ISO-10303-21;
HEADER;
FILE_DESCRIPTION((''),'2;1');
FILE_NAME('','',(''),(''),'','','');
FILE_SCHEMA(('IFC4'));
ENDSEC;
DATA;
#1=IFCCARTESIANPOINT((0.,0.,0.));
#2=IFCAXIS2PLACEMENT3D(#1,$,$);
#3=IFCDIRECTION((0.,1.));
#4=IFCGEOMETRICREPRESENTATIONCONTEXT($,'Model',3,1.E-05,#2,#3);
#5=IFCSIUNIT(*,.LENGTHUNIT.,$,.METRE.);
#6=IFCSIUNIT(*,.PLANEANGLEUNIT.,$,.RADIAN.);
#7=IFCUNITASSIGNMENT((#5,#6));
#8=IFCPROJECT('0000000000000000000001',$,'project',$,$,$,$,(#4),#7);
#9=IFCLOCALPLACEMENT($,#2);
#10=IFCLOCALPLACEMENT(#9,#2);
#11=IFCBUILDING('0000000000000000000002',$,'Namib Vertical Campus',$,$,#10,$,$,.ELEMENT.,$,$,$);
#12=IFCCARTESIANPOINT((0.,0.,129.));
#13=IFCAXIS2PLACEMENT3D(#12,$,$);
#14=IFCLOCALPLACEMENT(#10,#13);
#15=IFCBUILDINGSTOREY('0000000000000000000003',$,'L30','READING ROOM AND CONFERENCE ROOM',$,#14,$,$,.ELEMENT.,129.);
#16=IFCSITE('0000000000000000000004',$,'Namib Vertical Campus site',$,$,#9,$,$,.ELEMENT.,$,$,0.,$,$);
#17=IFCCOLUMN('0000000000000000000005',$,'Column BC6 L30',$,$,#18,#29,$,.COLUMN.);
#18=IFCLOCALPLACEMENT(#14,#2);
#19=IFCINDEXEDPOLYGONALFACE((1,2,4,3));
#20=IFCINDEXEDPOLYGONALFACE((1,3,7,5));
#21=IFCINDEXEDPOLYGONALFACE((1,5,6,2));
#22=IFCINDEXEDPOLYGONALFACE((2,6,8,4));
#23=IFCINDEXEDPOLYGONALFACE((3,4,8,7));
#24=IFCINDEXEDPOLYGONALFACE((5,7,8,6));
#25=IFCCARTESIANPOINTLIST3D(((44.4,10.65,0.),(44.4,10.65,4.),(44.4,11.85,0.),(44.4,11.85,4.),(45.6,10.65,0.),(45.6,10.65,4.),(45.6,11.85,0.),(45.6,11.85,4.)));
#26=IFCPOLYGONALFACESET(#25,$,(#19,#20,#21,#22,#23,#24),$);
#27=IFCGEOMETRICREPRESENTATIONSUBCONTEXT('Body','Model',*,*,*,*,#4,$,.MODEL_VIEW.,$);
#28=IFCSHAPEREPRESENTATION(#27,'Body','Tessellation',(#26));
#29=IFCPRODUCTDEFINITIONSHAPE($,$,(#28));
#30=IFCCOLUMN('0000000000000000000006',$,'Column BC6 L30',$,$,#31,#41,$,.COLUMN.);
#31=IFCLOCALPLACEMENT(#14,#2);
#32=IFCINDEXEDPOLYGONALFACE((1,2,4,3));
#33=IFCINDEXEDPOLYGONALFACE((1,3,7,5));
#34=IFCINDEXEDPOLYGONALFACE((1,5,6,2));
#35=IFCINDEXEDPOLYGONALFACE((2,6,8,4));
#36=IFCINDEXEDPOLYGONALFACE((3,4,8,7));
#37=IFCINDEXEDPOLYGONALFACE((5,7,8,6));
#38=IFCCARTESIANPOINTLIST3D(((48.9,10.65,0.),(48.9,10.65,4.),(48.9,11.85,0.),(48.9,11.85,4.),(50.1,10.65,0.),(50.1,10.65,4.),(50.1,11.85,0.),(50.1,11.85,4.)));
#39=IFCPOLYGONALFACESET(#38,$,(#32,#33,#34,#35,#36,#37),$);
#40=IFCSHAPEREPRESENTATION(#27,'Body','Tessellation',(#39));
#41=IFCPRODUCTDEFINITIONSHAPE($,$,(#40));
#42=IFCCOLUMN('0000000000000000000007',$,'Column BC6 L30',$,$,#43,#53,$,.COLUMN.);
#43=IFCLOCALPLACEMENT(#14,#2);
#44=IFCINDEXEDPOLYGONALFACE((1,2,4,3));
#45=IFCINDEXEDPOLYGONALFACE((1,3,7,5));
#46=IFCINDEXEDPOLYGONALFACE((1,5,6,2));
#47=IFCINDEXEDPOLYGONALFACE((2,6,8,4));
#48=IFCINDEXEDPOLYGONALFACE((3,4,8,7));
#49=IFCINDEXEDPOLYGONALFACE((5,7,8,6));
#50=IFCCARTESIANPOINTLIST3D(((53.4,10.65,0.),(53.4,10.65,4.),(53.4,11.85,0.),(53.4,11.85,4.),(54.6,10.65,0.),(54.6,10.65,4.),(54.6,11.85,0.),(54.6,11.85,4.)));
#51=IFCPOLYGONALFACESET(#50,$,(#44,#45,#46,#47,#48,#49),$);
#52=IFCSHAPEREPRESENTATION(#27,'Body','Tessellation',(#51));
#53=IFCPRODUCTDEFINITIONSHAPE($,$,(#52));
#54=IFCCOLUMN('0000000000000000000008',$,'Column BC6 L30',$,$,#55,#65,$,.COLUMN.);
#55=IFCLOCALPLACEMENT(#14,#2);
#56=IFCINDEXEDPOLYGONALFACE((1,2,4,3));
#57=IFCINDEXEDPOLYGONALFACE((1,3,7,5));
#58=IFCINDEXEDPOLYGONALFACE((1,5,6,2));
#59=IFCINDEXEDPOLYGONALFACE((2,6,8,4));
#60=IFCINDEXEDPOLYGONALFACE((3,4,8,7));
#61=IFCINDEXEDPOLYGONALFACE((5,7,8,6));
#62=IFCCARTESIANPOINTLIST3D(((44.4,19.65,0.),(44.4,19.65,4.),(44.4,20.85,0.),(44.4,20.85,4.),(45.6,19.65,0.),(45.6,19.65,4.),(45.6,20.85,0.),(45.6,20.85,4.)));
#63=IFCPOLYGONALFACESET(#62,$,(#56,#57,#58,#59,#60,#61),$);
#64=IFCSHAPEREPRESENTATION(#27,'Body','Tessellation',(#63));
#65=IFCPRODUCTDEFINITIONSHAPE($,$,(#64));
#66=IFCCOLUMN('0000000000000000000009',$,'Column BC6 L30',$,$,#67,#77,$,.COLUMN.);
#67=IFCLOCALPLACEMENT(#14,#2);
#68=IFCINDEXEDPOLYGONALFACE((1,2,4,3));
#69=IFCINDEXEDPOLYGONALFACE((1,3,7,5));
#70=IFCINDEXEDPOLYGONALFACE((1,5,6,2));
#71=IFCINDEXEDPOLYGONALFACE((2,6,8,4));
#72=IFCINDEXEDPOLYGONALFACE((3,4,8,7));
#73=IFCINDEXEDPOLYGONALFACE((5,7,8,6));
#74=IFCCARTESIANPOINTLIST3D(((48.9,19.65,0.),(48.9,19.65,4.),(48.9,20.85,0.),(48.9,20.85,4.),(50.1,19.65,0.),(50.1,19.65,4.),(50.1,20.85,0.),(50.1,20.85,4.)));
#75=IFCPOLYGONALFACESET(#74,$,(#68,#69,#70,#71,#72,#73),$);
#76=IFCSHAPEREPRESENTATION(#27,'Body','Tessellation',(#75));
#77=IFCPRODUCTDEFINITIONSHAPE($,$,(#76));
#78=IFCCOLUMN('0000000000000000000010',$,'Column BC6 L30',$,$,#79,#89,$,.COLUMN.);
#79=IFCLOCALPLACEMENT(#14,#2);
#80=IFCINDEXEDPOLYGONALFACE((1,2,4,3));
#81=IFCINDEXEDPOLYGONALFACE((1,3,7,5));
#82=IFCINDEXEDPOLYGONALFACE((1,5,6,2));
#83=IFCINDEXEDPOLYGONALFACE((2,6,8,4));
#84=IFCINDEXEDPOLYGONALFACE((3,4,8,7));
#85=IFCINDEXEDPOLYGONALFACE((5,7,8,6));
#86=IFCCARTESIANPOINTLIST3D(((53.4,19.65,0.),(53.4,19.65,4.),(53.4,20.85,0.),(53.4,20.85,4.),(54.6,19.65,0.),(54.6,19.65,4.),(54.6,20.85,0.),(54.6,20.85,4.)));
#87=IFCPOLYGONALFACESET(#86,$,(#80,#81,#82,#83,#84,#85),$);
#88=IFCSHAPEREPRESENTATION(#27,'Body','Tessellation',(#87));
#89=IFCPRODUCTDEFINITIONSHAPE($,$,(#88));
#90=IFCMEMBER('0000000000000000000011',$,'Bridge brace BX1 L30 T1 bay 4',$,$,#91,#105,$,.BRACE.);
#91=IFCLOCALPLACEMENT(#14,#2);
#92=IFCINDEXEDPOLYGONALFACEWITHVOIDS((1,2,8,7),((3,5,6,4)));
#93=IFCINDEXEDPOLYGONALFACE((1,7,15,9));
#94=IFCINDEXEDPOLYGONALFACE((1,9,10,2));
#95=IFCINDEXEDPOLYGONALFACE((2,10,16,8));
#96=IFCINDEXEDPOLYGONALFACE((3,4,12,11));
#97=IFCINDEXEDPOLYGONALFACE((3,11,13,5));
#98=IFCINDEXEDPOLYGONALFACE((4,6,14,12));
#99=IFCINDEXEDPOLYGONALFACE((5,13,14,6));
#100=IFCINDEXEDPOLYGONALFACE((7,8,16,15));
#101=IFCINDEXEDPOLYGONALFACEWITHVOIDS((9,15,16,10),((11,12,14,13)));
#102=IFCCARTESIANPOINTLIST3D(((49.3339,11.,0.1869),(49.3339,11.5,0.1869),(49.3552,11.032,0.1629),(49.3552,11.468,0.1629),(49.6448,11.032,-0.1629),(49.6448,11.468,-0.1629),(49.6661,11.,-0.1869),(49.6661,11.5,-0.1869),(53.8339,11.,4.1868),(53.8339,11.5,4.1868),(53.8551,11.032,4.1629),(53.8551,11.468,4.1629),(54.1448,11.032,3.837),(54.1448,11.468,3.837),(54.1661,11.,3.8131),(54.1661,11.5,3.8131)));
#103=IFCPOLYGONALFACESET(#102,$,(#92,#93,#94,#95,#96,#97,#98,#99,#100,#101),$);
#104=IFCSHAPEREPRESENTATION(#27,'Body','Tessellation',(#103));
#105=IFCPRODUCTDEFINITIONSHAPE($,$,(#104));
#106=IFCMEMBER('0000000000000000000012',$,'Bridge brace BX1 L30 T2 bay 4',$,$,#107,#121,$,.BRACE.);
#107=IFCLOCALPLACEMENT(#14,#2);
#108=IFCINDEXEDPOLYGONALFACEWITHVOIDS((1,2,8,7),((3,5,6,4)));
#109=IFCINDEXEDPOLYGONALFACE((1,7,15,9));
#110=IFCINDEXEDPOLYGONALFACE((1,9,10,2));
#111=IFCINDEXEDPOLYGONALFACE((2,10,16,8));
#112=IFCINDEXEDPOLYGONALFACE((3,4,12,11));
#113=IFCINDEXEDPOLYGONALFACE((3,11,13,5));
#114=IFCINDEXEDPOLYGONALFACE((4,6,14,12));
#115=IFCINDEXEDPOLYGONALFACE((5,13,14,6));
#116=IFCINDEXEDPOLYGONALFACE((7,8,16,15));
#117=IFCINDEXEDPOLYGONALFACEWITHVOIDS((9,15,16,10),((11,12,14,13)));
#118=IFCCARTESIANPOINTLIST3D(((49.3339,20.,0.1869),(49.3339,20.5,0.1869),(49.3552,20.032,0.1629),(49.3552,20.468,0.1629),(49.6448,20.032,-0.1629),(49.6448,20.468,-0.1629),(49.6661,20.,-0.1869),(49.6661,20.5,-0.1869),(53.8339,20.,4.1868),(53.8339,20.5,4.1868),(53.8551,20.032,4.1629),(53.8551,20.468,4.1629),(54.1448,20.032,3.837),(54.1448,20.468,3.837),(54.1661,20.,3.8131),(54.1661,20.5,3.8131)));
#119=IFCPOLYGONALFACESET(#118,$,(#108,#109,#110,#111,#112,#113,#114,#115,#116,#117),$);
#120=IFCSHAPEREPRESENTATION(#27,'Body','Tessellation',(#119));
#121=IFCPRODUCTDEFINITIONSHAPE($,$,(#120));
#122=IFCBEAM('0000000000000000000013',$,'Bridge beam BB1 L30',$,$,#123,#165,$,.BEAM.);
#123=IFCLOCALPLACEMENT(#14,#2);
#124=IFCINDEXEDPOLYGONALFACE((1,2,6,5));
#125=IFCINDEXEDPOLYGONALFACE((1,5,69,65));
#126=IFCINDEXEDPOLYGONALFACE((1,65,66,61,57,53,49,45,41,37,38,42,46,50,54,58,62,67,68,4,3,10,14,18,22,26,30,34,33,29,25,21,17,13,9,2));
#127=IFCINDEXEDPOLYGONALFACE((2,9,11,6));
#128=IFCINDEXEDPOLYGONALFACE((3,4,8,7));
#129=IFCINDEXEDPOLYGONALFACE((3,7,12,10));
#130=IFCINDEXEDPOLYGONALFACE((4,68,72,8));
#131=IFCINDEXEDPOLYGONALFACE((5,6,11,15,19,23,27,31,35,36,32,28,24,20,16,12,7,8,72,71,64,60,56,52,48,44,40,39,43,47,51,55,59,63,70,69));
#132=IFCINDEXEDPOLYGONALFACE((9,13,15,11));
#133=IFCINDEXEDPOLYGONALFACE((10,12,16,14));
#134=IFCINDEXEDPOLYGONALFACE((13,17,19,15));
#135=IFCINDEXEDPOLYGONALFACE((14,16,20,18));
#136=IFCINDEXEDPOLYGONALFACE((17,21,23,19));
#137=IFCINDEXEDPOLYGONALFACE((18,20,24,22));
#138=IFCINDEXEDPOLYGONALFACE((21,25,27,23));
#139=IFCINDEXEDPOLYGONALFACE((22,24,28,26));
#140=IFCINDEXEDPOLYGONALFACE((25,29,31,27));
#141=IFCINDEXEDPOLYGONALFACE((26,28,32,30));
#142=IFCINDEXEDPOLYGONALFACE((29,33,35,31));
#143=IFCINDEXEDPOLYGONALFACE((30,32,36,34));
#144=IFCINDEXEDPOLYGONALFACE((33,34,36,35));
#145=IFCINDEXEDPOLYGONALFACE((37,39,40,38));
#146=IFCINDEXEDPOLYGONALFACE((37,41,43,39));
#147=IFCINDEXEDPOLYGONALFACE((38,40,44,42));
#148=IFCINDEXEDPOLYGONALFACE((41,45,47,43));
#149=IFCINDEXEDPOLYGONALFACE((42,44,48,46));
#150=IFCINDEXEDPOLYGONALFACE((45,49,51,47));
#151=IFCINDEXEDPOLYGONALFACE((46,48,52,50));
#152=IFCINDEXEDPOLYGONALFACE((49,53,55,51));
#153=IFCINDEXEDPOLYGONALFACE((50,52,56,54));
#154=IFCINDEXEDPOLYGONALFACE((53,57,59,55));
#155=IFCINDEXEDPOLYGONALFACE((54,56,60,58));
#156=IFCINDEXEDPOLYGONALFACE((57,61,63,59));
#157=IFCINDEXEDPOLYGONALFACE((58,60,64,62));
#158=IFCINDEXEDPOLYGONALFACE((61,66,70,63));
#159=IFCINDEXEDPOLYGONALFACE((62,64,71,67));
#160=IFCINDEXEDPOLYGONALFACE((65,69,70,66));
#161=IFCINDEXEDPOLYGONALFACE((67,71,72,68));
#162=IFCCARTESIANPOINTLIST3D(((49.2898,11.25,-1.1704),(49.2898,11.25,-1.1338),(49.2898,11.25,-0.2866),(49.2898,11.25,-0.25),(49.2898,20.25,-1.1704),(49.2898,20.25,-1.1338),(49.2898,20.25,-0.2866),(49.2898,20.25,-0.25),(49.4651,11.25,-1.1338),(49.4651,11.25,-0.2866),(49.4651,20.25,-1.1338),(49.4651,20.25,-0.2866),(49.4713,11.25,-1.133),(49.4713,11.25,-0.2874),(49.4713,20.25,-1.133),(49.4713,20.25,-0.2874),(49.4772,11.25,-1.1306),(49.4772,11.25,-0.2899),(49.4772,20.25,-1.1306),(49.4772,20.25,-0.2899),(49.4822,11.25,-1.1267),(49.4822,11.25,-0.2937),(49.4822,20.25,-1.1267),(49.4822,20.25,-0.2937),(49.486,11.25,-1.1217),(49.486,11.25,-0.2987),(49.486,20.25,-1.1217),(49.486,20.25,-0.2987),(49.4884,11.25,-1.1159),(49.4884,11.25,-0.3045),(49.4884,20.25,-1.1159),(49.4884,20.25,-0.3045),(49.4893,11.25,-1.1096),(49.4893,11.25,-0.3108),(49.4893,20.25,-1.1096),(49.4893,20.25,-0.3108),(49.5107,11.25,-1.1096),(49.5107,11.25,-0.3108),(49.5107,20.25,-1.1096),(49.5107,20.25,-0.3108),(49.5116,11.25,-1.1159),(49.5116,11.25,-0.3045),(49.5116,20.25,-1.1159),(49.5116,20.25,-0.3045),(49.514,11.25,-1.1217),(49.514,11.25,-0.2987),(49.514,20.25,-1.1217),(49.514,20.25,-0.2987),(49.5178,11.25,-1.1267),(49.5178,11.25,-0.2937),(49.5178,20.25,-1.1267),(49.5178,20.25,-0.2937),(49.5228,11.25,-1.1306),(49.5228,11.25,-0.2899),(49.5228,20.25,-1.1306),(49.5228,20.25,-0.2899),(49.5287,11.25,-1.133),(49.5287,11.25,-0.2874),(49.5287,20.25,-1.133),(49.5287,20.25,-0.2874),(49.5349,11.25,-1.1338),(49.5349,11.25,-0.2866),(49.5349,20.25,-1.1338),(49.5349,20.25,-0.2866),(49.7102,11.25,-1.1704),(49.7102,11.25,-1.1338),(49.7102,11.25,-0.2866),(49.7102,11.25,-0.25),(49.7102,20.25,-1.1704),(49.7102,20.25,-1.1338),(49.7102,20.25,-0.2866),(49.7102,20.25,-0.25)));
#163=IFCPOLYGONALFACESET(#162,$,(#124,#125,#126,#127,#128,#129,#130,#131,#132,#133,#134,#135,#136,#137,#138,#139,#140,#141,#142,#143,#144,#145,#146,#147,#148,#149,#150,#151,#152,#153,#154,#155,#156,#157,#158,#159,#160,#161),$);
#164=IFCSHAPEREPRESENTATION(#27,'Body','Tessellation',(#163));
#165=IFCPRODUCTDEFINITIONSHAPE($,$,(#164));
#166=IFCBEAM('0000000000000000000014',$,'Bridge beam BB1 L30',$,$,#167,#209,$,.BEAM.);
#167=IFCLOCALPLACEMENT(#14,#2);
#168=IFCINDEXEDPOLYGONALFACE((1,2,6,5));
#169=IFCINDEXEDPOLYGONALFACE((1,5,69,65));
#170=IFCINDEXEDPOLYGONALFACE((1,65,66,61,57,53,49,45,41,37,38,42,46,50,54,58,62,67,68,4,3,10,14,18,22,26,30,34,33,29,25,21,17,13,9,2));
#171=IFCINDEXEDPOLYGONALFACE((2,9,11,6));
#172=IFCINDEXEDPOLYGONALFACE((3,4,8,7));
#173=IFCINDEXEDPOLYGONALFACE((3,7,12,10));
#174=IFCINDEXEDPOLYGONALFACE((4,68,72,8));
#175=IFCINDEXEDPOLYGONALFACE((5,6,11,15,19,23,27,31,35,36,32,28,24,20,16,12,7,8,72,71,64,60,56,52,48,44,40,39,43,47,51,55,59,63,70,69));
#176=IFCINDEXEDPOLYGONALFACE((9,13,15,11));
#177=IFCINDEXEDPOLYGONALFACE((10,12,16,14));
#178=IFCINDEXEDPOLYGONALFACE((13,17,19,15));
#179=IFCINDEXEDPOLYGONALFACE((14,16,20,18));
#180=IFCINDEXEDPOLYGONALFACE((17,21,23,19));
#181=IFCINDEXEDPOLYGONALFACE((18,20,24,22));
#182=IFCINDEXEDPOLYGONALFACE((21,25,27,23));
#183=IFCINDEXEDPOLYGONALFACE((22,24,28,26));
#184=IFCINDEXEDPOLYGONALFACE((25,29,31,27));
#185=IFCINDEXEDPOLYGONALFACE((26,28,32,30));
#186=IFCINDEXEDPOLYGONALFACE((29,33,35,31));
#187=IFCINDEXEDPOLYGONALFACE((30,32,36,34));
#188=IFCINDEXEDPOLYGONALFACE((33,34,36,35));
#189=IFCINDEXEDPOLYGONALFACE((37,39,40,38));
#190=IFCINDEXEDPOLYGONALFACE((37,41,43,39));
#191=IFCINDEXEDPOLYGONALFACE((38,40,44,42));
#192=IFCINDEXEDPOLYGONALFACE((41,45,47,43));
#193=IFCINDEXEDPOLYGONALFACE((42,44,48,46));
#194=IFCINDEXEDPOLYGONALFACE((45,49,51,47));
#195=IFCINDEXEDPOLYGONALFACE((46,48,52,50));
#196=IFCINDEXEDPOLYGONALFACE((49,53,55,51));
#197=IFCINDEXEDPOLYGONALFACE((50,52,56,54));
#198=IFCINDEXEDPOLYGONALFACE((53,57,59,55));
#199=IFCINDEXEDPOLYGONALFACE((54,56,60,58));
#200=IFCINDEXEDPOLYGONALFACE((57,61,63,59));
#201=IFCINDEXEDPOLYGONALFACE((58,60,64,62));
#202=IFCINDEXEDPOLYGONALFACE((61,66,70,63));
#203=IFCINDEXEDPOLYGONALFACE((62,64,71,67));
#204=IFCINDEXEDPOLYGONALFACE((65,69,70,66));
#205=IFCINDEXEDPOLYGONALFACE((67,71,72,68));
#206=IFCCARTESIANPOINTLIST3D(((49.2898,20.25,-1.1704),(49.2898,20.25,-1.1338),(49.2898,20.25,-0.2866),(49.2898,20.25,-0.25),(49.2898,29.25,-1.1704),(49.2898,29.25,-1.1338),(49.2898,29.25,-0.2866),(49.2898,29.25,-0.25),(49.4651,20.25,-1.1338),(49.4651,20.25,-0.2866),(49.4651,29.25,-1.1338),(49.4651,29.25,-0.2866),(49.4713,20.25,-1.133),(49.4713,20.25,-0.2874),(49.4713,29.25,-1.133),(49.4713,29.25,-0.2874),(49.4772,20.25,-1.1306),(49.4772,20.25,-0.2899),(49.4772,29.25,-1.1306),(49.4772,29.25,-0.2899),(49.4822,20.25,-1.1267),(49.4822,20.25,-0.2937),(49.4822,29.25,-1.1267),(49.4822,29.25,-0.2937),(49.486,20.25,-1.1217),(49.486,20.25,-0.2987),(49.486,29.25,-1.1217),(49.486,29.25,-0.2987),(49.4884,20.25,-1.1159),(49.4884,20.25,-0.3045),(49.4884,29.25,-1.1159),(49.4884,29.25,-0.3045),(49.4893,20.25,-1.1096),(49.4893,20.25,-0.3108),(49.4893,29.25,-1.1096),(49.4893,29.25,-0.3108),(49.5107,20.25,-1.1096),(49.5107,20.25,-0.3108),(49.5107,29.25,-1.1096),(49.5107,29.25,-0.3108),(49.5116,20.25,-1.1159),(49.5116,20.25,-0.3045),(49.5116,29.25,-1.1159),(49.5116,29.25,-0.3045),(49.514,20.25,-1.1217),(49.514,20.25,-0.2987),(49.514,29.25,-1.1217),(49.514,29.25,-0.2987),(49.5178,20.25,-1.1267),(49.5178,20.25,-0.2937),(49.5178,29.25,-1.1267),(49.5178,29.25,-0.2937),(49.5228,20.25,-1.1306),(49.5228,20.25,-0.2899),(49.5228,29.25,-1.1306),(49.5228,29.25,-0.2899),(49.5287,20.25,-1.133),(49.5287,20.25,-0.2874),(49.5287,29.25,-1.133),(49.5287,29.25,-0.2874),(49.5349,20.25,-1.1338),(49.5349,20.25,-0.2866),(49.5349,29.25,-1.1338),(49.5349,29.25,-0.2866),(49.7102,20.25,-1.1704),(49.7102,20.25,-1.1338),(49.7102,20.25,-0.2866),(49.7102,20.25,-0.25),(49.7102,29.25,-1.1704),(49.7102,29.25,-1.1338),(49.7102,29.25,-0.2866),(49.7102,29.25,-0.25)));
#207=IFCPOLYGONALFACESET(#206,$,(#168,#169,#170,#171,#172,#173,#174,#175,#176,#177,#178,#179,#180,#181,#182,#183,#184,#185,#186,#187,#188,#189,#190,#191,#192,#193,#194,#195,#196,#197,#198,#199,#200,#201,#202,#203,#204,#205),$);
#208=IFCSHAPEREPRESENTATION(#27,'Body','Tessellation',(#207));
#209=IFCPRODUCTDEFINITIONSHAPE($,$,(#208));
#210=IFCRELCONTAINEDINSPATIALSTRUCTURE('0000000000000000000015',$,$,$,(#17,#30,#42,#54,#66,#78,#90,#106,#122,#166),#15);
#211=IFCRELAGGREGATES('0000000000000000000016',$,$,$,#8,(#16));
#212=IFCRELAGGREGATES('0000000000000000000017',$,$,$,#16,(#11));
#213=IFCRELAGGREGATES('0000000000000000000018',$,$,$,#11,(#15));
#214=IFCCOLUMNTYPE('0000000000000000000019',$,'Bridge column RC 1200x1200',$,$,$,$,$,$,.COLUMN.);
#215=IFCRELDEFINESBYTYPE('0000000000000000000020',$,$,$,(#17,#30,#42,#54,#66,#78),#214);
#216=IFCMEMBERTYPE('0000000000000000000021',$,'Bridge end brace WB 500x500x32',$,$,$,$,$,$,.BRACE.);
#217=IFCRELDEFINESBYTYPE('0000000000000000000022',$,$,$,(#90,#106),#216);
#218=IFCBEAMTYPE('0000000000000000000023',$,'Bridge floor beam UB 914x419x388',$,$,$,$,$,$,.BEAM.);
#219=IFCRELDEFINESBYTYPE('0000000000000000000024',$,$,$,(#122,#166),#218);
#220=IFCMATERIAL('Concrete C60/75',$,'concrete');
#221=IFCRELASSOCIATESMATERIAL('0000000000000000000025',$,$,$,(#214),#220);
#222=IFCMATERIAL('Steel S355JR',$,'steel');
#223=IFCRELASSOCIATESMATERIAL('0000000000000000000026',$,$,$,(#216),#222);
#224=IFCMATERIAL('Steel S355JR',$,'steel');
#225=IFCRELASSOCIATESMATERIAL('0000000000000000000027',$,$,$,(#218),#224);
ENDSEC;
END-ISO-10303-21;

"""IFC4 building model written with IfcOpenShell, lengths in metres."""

from ifc_helpers import new_model, si_unit, direction, frame, origin, origin_2d, place, context, subcontext, project, spatial, rectangle, hollow_rectangle, i_section, extrude, material, material_profile, profile_set, type_object, element, save


model = new_model("IFC4")

# Units and contexts
model_context = context("Model", 3, precision=1e-05, world=origin(), true_north=direction((0.0, 1.0)))
body_context = subcontext(model_context, "Body", "Model", "MODEL_VIEW")
ifc_project = project(units=[si_unit("LENGTHUNIT", "METRE"), si_unit("PLANEANGLEUNIT", "RADIAN")], contexts=[model_context])

# Site, building, storey
site_placement = place(None, origin())
site = spatial("IfcSite", under=ifc_project, at=site_placement, Name="Namib Vertical Campus site", CompositionType="ELEMENT", RefElevation=0.0)
building_placement = place(site_placement, origin())
building = spatial("IfcBuilding", under=site, at=building_placement, Name="Namib Vertical Campus", CompositionType="ELEMENT")
storey_placement = place(building_placement, frame((0.0, 0.0, 129.0)))
storey = spatial("IfcBuildingStorey", under=building, at=storey_placement, Name="L30", Description="READING ROOM AND CONFERENCE ROOM", CompositionType="ELEMENT", Elevation=129.0)

# Columns
ifc_material_1 = material(Name="Concrete C60/75", Category="concrete")
ifc_material_profile_1 = material_profile(ifc_material_1, rectangle(XDim=1.2, YDim=1.2, at=origin_2d()))
ifc_profile_set_1 = profile_set([ifc_material_profile_1], Name="Concrete C60/75")
column_type = type_object("IfcColumnType", Name="Bridge column RC 1200x1200", PredefinedType="COLUMN", material=ifc_profile_set_1)
for number, where, z_axis, x_axis, name in (
    (1, (45.0, 11.25, 0.0), (0.0, 0.0, 1.0), (1.0, 0.0, 0.0), "Column BC6 L30"),
    (2, (49.5, 11.25, 0.0), (0.0, 0.0, 1.0), (1.0, 0.0, 0.0), "Column BC6 L30"),
    (3, (54.0, 11.25, 0.0), (0.0, 0.0, 1.0), (1.0, 0.0, 0.0), "Column BC6 L30"),
    (4, (45.0, 20.25, 0.0), (0.0, 0.0, 1.0), (1.0, 0.0, 0.0), "Column BC6 L30"),
    (5, (49.5, 20.25, 0.0), (0.0, 0.0, 1.0), (1.0, 0.0, 0.0), "Column BC6 L30"),
    (6, (54.0, 20.25, 0.0), (0.0, 0.0, 1.0), (1.0, 0.0, 0.0), "Column BC6 L30"),
):
    element("IfcColumn", number, at=place(storey_placement, frame(where, z_axis=z_axis, x_axis=x_axis)), inside=storey, type_object=column_type, Name=name, PredefinedType="COLUMN", context=body_context, shape_type="SweptSolid", body=[
        extrude(rectangle(XDim=1.2, YDim=1.2, at=origin_2d()), origin(), (0.0, 0.0, 1.0), 4.0),
    ])

# Members
ifc_material_2 = material(Name="Steel S355JR", Category="steel")
ifc_material_profile_2 = material_profile(ifc_material_2, hollow_rectangle(XDim=0.5, YDim=0.5, WallThickness=0.032, at=origin_2d()))
ifc_profile_set_2 = profile_set([ifc_material_profile_2], Name="Steel S355JR")
member_type_1 = type_object("IfcMemberType", Name="Bridge end brace WB 500x500x32", PredefinedType="BRACE", material=ifc_profile_set_2)
for number, where, z_axis, x_axis, name in (
    (7, (49.5, 11.25, 0.0), (0.747409, 0.0, 0.664364), (0.0, 1.0, 0.0), "Bridge brace BX1 L30 T1 bay 4"),
    (8, (49.5, 20.25, 0.0), (0.747409, 0.0, 0.664364), (0.0, 1.0, 0.0), "Bridge brace BX1 L30 T2 bay 4"),
):
    element("IfcMember", number, at=place(storey_placement, frame(where, z_axis=z_axis, x_axis=x_axis)), inside=storey, type_object=member_type_1, Name=name, PredefinedType="BRACE", context=body_context, shape_type="SweptSolid", body=[
        extrude(hollow_rectangle(XDim=0.5, YDim=0.5, WallThickness=0.032, at=origin_2d()), origin(), (0.0, 0.0, 1.0), 6.0208),
    ])

# Beams
ifc_material_3 = material(Name="Steel S355JR", Category="steel")
ifc_material_profile_3 = material_profile(ifc_material_3, i_section(OverallWidth=0.4204, OverallDepth=0.9204, WebThickness=0.0215, FlangeThickness=0.0366, FilletRadius=0.0242, at=origin_2d()))
ifc_profile_set_3 = profile_set([ifc_material_profile_3], Name="Steel S355JR")
beam_type_1 = type_object("IfcBeamType", Name="Bridge floor beam UB 914x419x388", PredefinedType="BEAM", material=ifc_profile_set_3)
for number, where, z_axis, x_axis, name in (
    (9, (49.5, 11.25, -0.7102), (0.0, 1.0, 0.0), (-1.0, 0.0, 0.0), "Bridge beam BB1 L30"),
    (10, (49.5, 20.25, -0.7102), (0.0, 1.0, 0.0), (-1.0, 0.0, 0.0), "Bridge beam BB1 L30"),
):
    element("IfcBeam", number, at=place(storey_placement, frame(where, z_axis=z_axis, x_axis=x_axis)), inside=storey, type_object=beam_type_1, Name=name, PredefinedType="BEAM", context=body_context, shape_type="SweptSolid", body=[
        extrude(i_section(OverallWidth=0.4204, OverallDepth=0.9204, WebThickness=0.0215, FlangeThickness=0.0366, FilletRadius=0.0242, at=origin_2d()), origin(), (0.0, 0.0, 1.0), 9.0),
    ])

save(model, "model.ifc")
